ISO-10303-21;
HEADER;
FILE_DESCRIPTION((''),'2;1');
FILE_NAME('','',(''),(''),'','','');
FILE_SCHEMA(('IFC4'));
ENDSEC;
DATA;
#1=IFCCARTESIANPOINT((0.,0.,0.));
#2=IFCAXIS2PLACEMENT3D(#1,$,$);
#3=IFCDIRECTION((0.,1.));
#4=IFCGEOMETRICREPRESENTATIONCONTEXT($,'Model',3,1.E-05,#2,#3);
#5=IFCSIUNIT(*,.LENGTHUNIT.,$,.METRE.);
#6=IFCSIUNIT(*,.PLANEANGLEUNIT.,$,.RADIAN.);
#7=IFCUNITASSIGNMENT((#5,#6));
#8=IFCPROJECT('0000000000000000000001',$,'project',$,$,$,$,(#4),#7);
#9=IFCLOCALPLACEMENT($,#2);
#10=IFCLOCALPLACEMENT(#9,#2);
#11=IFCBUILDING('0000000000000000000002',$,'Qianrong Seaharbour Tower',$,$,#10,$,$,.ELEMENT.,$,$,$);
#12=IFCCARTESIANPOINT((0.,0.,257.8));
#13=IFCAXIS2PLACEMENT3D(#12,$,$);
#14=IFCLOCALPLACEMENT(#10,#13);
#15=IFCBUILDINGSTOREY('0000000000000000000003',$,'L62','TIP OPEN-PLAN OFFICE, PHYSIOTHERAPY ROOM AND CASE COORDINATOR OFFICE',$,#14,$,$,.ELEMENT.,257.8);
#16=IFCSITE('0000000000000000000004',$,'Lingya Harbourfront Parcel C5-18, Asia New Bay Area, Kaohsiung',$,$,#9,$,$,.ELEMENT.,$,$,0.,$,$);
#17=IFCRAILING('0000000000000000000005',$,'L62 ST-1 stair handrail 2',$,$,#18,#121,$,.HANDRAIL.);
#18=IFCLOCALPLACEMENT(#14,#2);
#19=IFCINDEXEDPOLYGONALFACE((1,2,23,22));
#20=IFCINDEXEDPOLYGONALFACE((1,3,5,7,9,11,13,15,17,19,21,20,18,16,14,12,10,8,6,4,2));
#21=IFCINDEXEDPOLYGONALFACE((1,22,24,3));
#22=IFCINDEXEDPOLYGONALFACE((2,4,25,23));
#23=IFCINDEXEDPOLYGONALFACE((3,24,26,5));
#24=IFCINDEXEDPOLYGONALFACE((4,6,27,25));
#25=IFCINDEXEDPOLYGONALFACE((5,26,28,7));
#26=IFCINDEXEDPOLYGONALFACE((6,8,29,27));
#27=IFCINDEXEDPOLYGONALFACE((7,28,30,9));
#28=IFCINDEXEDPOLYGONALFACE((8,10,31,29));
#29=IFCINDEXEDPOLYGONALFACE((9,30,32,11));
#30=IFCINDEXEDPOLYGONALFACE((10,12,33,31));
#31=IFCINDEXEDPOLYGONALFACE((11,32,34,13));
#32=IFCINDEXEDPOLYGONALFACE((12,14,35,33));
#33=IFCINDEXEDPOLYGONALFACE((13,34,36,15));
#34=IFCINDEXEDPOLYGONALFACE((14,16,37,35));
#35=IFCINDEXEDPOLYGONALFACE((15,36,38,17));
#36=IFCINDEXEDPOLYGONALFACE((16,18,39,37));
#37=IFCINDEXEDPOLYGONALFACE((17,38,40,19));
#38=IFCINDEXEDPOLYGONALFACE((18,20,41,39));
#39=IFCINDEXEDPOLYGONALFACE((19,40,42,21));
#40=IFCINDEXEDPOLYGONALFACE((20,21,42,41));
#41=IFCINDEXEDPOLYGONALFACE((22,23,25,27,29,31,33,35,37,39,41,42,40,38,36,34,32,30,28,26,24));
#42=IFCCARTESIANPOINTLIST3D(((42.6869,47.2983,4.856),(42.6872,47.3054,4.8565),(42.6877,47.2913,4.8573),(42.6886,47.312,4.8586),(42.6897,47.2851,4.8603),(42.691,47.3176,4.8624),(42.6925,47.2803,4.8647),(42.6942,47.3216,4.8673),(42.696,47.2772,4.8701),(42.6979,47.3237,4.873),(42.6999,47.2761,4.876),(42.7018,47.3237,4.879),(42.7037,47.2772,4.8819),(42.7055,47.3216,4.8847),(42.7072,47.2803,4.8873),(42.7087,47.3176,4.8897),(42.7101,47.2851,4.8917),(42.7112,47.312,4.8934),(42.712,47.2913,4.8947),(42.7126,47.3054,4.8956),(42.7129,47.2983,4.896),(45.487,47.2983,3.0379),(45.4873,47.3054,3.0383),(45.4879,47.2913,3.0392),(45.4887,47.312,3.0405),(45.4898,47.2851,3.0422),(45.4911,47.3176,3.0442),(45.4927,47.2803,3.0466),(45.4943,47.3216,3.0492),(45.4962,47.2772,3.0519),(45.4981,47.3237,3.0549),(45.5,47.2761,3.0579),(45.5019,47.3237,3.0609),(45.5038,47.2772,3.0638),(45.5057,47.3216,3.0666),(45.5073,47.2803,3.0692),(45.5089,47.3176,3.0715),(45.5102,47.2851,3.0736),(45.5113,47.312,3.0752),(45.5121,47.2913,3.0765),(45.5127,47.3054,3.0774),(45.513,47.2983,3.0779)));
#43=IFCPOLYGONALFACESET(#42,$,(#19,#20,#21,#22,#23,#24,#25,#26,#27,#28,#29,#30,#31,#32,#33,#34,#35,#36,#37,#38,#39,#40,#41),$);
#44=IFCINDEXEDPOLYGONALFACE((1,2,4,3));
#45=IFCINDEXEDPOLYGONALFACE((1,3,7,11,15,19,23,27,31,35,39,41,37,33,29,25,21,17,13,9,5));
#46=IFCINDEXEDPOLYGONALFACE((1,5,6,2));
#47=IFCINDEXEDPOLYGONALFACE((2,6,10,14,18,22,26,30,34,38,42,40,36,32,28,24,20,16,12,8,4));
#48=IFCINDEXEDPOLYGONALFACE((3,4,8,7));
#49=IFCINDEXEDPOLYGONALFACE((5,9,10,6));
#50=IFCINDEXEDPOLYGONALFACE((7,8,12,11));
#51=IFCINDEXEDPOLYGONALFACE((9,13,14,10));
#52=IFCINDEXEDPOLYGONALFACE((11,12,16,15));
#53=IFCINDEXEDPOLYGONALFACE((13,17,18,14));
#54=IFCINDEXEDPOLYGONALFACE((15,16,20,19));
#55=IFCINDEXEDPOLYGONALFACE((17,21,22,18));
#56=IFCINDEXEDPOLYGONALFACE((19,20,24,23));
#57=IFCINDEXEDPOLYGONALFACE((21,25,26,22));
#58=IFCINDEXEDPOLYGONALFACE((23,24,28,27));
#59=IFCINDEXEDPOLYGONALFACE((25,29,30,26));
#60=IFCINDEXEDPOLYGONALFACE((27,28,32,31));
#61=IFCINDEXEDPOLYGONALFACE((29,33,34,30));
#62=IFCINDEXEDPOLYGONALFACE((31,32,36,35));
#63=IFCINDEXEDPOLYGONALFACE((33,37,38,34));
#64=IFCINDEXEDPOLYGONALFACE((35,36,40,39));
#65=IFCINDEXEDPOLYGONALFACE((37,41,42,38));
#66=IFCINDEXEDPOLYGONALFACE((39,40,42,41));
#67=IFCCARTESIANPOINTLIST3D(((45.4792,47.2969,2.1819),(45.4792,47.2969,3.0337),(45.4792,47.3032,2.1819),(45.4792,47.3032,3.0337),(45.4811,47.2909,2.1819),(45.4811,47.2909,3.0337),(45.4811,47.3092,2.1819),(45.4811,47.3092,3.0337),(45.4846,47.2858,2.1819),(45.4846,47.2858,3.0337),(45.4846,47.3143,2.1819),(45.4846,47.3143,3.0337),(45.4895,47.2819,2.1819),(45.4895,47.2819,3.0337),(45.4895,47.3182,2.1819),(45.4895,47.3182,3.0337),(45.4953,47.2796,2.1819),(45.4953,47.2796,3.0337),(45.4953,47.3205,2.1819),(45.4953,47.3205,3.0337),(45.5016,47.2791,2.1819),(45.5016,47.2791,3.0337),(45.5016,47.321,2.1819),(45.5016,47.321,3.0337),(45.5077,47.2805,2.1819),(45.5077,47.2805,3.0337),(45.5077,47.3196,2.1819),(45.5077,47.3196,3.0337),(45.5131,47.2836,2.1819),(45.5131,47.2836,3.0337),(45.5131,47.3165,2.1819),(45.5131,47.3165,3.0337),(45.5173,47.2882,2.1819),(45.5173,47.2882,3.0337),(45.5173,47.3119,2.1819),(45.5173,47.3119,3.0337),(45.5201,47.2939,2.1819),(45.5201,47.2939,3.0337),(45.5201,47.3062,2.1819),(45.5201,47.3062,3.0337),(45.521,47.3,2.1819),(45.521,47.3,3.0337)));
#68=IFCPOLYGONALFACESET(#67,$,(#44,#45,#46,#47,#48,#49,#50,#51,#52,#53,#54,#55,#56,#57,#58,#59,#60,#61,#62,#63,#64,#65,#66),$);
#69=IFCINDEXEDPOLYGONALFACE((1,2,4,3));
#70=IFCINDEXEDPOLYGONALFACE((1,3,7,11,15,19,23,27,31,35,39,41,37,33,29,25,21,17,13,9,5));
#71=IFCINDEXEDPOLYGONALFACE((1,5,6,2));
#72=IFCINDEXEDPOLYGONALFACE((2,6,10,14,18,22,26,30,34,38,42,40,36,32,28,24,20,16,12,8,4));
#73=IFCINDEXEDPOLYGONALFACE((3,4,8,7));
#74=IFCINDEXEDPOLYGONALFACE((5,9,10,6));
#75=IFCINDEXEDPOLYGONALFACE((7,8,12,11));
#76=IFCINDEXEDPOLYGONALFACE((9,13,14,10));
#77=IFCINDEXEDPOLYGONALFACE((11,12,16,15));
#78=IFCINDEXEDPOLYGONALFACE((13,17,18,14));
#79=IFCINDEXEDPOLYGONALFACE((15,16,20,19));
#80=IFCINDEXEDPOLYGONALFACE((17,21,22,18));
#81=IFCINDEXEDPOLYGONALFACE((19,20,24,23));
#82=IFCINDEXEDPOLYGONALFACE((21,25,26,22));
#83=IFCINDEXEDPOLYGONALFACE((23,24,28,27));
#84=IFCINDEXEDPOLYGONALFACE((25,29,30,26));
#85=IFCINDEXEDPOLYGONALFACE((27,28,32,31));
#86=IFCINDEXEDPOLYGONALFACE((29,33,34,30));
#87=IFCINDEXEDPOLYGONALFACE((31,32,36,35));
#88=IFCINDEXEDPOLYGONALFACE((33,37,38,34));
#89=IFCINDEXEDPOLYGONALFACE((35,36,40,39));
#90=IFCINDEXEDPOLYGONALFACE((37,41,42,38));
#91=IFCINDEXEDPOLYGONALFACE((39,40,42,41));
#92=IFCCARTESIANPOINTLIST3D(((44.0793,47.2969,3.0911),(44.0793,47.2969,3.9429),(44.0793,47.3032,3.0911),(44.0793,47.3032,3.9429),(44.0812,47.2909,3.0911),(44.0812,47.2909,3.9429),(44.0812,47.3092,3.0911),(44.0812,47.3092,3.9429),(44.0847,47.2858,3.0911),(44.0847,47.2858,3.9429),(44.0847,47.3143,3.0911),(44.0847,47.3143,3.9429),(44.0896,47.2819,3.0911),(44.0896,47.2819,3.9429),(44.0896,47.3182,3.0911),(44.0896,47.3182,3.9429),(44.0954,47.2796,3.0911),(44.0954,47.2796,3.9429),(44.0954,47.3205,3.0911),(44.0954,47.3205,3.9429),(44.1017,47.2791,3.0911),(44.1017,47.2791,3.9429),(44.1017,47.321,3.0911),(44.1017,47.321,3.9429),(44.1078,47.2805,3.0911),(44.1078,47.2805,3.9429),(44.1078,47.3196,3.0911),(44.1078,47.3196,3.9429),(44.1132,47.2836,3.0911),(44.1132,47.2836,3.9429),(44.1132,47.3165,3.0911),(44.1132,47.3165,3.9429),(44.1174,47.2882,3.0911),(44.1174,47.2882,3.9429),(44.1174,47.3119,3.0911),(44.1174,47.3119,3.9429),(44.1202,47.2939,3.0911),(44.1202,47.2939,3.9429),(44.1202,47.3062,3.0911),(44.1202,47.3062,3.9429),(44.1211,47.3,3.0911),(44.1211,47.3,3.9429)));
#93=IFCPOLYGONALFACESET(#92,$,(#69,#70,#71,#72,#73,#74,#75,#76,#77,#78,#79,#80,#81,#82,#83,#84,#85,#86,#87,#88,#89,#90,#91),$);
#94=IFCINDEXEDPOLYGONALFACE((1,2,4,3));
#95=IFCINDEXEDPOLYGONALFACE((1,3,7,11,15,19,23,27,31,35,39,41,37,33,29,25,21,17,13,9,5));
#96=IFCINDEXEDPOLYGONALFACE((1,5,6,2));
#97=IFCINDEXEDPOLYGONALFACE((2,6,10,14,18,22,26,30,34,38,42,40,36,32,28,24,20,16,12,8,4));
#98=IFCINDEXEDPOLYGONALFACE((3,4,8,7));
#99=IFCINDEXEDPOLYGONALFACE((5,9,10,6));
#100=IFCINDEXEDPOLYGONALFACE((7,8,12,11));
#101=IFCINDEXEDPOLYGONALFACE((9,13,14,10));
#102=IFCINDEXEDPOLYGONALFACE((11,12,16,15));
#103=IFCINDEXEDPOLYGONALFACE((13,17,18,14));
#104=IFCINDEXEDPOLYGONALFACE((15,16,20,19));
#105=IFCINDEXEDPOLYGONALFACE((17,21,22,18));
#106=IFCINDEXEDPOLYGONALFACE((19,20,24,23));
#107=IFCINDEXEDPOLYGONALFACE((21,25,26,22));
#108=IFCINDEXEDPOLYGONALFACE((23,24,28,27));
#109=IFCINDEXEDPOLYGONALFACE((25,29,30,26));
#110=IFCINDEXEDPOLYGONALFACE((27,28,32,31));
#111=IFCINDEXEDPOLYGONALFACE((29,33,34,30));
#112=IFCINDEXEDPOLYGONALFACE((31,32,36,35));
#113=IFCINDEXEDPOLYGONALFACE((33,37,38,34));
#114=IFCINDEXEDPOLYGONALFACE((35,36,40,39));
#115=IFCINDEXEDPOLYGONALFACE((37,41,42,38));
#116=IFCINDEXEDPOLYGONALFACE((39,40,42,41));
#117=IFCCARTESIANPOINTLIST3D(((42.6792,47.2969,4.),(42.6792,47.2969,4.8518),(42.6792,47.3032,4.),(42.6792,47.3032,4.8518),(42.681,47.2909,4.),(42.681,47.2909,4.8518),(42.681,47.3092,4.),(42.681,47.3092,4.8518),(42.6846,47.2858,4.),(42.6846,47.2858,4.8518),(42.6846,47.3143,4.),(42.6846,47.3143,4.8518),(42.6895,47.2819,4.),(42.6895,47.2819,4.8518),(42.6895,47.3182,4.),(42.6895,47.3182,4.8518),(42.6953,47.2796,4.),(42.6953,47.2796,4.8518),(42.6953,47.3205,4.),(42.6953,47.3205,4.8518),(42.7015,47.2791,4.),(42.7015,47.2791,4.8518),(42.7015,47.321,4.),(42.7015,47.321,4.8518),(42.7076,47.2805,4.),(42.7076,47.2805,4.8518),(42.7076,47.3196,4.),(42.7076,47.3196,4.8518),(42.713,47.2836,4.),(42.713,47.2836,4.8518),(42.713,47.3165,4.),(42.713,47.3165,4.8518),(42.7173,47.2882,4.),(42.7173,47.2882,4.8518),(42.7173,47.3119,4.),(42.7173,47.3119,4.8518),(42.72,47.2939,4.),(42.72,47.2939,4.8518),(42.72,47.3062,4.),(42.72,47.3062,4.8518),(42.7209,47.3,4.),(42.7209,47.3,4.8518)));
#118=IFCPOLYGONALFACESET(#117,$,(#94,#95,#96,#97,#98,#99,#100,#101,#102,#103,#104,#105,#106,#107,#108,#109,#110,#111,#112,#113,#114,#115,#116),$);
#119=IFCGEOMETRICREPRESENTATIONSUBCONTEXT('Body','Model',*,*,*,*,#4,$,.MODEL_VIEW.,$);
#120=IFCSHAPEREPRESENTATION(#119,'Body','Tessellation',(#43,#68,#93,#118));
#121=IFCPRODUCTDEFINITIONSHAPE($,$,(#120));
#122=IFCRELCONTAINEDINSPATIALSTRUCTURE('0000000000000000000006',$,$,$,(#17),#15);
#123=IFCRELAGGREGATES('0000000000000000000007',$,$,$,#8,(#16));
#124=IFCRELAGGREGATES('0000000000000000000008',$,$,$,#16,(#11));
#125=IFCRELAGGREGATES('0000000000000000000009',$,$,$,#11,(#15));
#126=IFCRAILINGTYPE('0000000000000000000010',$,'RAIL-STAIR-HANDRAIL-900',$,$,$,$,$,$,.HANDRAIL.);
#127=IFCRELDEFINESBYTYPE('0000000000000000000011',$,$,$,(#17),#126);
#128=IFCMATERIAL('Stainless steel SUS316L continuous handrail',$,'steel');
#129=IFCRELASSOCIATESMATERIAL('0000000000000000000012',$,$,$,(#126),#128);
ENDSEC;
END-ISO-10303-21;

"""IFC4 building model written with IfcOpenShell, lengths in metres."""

from ifc_helpers import new_model, si_unit, direction, frame, origin, origin_2d, place, context, subcontext, project, spatial, circle, extrude, material, type_object, element, save


model = new_model("IFC4")

# Units and contexts
model_context = context("Model", 3, precision=1e-05, world=origin(), true_north=direction((0.0, 1.0)))
body_context = subcontext(model_context, "Body", "Model", "MODEL_VIEW")
ifc_project = project(units=[si_unit("LENGTHUNIT", "METRE"), si_unit("PLANEANGLEUNIT", "RADIAN")], contexts=[model_context])

# Site, building, storey
site_placement = place(None, origin())
site = spatial("IfcSite", under=ifc_project, at=site_placement, Name="Lingya Harbourfront Parcel C5-18, Asia New Bay Area, Kaohsiung", CompositionType="ELEMENT", RefElevation=0.0)
building_placement = place(site_placement, origin())
building = spatial("IfcBuilding", under=site, at=building_placement, Name="Qianrong Seaharbour Tower", CompositionType="ELEMENT")
storey_placement = place(building_placement, frame((0.0, 0.0, 257.8)))
storey = spatial("IfcBuildingStorey", under=building, at=storey_placement, Name="L62", Description="TIP OPEN-PLAN OFFICE, PHYSIOTHERAPY ROOM AND CASE COORDINATOR OFFICE", CompositionType="ELEMENT", Elevation=257.8)

# Railing
ifc_material_1 = material(Name="Stainless steel SUS316L continuous handrail", Category="steel")
railing_type_1 = type_object("IfcRailingType", Name="RAIL-STAIR-HANDRAIL-900", PredefinedType="HANDRAIL", material=ifc_material_1)
railing_1_placement = place(storey_placement, frame((45.5, 47.3, 2.1819)))
element("IfcRailing", 1, at=railing_1_placement, inside=storey, type_object=railing_type_1, Name="L62 ST-1 stair handrail 2", PredefinedType="HANDRAIL", context=body_context, shape_type="SweptSolid", body=[
    extrude(circle(Radius=0.0239, at=origin_2d()), frame((0.0, 0.0, 0.876), z_axis=(-0.838706, 0.0, 0.544585), x_axis=(0.0, -1.0, 0.0)), (0.0, 0.0, 1.0), 3.3386),
    extrude(circle(Radius=0.021, at=origin_2d()), origin(), (0.0, 0.0, 1.0), 0.8518),
    extrude(circle(Radius=0.021, at=origin_2d()), frame((-1.3999, 0.0, 0.9092)), (0.0, 0.0, 1.0), 0.8518),
    extrude(circle(Radius=0.021, at=origin_2d()), frame((-2.8, 0.0, 1.8181)), (0.0, 0.0, 1.0), 0.8518),
])

save(model, "model.ifc")
